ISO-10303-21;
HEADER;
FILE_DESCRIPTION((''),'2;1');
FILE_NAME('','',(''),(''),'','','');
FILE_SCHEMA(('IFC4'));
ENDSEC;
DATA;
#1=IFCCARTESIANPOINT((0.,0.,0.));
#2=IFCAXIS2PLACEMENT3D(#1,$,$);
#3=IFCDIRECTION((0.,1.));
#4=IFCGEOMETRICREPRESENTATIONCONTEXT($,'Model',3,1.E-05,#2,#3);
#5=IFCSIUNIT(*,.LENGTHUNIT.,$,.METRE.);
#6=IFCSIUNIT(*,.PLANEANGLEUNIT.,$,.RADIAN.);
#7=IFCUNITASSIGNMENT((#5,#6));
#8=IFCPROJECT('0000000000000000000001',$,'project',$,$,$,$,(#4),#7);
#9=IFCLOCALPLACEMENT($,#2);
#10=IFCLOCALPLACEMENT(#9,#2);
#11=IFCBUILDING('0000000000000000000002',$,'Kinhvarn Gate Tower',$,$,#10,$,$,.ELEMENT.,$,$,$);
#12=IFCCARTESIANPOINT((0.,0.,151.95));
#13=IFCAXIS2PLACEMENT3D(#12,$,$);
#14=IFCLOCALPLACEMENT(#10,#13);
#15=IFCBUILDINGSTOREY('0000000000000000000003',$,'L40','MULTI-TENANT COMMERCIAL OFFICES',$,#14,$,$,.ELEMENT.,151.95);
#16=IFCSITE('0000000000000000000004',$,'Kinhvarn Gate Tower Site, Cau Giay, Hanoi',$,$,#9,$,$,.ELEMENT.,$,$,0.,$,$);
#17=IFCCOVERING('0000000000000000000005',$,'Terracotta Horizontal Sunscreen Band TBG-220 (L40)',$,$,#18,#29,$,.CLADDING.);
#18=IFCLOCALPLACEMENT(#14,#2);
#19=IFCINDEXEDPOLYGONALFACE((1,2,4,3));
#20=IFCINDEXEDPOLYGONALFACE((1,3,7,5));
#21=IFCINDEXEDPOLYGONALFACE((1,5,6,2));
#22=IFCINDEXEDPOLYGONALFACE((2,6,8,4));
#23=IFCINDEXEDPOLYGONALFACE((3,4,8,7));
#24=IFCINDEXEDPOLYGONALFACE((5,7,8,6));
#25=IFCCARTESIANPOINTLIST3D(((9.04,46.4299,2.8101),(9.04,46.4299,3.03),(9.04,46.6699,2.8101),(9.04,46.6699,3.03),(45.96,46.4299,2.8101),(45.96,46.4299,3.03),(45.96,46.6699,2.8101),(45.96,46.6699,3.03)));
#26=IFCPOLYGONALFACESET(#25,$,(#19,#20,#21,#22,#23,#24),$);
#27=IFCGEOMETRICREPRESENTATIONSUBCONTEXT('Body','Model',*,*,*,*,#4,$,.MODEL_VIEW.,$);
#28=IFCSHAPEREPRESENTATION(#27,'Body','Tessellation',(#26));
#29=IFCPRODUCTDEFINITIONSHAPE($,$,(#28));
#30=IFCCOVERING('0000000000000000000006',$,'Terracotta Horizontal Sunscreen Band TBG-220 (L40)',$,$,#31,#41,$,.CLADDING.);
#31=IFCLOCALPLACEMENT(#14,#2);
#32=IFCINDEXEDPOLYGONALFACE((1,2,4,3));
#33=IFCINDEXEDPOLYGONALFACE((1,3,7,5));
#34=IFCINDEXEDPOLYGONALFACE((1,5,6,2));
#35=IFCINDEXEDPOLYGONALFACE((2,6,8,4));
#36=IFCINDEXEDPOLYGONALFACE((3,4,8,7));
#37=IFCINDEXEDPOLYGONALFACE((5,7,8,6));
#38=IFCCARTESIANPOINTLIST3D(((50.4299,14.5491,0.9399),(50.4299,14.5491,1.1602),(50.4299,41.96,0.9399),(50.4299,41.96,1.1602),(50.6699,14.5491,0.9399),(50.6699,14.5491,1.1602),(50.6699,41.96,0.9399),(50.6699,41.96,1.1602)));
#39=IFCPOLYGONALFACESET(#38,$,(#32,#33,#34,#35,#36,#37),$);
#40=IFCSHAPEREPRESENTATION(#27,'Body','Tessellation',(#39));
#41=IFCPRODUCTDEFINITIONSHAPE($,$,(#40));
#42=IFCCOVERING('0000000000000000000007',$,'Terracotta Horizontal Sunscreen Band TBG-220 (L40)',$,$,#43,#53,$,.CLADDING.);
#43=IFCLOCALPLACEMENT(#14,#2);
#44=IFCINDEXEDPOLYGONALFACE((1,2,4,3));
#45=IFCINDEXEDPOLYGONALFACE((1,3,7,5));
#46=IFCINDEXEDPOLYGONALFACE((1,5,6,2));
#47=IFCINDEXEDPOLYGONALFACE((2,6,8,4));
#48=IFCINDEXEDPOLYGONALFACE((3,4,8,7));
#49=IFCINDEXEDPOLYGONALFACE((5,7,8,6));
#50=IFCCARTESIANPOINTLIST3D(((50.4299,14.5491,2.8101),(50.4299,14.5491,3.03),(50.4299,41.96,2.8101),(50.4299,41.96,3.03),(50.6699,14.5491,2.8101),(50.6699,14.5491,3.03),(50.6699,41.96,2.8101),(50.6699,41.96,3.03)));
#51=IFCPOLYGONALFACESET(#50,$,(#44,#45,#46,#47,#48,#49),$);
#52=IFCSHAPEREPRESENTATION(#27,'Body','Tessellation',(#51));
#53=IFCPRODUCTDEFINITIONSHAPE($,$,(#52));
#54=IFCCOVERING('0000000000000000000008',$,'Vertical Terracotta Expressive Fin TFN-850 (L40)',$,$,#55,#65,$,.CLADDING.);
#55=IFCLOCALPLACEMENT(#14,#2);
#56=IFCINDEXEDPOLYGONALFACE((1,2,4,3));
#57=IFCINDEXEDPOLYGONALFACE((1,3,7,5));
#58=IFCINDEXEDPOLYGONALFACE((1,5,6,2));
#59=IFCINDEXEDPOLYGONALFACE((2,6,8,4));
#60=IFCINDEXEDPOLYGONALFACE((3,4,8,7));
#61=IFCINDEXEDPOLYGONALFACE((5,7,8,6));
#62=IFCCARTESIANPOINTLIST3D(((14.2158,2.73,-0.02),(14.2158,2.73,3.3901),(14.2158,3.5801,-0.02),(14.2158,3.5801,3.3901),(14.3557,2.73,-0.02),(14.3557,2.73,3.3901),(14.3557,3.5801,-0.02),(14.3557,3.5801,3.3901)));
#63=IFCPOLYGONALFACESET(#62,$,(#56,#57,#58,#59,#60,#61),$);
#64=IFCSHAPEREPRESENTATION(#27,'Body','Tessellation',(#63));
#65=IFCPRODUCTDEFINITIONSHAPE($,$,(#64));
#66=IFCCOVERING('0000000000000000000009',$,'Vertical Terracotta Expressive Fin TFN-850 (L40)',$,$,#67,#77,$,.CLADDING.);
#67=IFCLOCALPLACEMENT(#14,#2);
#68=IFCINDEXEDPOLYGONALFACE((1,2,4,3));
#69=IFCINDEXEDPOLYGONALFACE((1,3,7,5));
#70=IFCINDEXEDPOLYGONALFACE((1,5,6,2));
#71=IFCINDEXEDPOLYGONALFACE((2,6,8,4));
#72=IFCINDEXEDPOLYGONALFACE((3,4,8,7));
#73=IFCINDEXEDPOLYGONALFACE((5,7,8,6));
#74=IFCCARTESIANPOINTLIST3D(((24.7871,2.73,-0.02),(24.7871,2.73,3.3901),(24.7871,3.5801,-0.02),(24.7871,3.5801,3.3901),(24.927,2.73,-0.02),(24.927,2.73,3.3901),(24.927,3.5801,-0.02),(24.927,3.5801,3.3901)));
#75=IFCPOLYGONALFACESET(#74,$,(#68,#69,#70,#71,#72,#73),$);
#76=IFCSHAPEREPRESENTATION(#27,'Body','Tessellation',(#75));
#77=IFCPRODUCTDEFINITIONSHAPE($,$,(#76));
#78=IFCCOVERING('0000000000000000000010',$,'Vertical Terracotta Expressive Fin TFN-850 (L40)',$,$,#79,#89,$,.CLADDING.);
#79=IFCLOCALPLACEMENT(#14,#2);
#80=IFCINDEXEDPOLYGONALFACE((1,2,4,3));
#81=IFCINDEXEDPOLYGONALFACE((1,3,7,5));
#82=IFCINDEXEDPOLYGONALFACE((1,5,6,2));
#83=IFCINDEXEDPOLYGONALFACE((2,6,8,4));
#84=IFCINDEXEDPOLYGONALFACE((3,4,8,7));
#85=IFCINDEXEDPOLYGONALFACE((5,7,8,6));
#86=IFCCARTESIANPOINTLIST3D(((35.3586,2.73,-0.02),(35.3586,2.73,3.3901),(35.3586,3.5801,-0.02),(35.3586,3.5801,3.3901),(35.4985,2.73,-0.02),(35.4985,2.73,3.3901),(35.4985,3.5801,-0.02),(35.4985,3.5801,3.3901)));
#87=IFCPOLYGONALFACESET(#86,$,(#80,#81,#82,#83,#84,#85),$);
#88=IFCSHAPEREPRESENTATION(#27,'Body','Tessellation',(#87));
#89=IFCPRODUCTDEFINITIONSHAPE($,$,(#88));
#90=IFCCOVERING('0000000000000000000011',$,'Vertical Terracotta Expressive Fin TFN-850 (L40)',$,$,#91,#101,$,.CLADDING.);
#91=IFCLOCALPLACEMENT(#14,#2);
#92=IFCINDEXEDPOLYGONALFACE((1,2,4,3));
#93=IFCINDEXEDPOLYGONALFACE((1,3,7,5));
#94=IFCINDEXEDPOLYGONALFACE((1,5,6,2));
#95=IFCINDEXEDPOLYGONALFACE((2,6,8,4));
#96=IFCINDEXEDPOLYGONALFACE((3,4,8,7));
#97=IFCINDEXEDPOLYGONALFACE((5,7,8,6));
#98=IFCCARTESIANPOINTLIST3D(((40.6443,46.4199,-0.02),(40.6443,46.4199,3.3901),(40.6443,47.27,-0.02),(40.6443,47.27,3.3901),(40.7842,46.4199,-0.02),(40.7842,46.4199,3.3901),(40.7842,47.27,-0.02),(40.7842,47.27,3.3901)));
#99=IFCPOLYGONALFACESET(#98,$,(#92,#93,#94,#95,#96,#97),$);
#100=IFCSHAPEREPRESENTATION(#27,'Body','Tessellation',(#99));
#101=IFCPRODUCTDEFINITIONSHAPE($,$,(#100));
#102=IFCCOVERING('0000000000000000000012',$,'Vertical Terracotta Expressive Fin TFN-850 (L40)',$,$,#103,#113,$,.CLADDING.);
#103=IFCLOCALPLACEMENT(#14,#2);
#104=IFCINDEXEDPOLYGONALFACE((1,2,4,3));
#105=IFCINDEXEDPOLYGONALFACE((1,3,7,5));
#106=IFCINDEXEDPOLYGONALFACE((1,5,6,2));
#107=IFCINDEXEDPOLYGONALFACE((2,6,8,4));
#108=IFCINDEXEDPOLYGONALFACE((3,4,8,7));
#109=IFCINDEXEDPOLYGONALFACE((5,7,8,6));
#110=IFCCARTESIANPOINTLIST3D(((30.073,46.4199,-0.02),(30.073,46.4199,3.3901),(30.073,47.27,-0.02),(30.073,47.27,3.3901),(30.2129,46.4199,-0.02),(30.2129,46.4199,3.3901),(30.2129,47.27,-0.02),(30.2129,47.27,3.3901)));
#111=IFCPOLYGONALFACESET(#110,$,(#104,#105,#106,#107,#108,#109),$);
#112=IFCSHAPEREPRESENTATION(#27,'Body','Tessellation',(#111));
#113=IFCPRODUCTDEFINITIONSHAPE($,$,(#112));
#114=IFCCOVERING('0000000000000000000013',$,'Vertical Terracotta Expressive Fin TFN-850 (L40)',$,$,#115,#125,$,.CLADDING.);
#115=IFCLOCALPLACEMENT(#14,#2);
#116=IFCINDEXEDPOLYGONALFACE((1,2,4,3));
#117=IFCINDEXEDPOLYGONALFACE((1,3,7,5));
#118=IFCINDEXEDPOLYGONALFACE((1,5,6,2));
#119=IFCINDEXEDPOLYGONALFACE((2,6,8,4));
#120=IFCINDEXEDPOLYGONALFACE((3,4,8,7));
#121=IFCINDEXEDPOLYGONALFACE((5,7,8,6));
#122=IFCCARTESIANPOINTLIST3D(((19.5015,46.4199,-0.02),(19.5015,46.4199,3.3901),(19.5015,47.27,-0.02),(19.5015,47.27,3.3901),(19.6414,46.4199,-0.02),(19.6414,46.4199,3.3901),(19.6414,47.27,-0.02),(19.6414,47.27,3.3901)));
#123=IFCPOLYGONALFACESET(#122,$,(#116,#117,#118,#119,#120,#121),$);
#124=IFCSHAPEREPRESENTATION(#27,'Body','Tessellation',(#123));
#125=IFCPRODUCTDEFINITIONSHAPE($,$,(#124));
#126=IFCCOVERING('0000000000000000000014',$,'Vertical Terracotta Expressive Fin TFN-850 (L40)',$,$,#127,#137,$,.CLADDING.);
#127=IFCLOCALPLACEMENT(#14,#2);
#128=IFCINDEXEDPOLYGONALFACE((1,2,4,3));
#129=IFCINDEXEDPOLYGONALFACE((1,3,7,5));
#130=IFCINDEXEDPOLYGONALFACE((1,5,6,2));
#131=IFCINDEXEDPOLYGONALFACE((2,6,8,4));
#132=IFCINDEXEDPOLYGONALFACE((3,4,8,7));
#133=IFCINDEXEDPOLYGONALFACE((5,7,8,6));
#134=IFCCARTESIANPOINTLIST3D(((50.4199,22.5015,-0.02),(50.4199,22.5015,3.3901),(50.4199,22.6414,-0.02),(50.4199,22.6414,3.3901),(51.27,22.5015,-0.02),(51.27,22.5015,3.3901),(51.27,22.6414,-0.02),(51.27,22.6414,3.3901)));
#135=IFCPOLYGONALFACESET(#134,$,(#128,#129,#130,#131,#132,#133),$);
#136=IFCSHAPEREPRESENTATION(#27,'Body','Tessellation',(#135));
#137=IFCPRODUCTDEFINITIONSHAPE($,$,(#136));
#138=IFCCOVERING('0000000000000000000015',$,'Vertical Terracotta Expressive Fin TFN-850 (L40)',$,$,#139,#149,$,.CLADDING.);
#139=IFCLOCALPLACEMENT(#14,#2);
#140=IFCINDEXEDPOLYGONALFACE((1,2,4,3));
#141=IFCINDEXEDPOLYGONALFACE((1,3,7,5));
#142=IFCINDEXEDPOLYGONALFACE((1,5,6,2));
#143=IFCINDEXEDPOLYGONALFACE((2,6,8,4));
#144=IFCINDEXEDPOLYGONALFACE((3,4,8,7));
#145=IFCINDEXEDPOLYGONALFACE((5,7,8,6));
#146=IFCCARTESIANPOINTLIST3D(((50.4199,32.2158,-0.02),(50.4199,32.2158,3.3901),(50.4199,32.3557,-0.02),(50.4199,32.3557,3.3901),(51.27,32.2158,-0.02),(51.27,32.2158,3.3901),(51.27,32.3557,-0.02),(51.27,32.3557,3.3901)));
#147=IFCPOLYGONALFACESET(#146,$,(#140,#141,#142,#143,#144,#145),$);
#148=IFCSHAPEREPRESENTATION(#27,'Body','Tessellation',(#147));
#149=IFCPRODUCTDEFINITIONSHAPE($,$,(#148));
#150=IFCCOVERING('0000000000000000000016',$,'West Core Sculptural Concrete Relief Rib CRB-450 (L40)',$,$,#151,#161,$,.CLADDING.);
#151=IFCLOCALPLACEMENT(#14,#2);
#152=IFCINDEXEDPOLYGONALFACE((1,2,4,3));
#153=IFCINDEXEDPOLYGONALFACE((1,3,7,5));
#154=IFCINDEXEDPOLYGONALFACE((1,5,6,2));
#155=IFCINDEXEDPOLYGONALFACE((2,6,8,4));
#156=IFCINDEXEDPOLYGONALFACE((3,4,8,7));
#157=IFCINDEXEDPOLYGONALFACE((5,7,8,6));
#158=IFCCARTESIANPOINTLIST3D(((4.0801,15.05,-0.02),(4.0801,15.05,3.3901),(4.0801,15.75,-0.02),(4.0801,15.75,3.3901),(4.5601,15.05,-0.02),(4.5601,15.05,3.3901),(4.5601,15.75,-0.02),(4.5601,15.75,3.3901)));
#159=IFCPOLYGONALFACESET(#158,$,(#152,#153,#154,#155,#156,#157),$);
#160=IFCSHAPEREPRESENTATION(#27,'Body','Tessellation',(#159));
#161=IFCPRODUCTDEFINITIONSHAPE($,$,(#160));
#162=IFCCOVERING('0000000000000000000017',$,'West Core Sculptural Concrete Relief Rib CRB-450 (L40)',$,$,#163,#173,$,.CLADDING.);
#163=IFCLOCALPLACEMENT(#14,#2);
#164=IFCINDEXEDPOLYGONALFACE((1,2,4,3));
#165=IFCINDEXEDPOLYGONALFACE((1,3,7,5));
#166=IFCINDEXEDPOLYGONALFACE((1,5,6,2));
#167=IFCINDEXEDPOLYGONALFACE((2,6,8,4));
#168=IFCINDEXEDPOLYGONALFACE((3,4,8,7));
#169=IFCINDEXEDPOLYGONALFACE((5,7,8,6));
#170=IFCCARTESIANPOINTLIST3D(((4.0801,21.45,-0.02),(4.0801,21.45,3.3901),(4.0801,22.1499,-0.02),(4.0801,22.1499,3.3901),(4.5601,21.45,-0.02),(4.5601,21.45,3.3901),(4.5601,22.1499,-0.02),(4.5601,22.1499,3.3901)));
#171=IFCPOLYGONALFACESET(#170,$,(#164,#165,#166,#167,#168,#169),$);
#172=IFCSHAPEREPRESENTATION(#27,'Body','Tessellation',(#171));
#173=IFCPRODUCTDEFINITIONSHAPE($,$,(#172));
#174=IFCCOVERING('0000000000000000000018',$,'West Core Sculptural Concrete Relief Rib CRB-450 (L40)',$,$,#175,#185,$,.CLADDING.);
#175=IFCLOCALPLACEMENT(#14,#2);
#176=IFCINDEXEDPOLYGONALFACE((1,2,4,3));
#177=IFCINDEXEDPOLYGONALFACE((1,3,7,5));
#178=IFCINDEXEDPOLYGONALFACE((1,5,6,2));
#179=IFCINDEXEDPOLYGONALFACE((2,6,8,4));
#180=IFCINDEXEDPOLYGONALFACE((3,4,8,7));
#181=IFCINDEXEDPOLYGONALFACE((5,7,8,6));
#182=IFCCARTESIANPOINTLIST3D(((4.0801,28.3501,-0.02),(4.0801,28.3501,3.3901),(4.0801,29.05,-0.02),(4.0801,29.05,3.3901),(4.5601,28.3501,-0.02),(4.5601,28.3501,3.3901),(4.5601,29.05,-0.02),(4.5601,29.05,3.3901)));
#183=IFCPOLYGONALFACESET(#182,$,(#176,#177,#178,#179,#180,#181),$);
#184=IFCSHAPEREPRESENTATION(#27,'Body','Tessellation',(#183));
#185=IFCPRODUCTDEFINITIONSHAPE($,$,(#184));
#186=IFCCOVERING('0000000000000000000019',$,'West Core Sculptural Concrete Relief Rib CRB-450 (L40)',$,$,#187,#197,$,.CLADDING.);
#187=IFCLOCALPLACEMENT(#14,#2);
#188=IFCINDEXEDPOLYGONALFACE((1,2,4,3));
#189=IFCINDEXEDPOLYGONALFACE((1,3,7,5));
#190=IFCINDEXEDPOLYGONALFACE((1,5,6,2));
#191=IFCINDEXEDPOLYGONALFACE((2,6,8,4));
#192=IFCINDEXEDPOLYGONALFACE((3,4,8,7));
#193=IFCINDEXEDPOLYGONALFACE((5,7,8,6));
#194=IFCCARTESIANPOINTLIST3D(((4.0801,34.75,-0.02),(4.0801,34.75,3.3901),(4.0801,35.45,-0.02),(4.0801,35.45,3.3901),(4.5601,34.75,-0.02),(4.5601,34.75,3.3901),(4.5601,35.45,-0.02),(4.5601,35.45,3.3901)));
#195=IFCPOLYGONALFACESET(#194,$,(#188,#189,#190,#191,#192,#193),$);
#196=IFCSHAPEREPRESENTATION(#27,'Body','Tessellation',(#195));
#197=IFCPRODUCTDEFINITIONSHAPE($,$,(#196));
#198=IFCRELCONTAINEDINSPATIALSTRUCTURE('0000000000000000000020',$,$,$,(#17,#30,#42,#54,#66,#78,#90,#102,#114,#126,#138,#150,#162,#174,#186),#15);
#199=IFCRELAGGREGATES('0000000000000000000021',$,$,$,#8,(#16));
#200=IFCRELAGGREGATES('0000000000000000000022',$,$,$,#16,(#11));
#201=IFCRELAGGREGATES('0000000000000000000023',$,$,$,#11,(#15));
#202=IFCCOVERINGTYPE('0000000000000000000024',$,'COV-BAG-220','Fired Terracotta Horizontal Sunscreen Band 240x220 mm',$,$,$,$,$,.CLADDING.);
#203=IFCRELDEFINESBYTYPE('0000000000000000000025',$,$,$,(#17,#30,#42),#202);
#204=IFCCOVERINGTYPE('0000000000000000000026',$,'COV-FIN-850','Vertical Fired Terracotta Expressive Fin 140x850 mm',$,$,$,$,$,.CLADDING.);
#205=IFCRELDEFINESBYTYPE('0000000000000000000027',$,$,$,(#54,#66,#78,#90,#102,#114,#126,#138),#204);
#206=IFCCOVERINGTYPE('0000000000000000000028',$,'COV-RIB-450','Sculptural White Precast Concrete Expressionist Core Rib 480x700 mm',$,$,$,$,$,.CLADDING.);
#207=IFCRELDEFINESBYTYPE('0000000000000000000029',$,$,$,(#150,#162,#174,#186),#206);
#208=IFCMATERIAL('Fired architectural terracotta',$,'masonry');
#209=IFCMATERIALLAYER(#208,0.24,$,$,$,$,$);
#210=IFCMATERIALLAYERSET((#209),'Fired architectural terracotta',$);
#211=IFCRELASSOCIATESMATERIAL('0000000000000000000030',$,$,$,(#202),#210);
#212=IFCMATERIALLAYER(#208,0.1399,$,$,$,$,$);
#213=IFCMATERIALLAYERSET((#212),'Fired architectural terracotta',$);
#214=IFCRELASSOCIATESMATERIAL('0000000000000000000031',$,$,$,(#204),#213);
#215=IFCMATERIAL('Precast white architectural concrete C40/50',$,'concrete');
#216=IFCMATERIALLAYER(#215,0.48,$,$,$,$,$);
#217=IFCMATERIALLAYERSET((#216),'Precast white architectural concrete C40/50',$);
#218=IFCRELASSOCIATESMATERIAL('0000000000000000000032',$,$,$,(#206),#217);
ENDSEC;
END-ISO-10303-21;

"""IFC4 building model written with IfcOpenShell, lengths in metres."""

from ifc_helpers import new_model, si_unit, direction, frame, origin, place, context, subcontext, project, spatial, polyline, outline, extrude, material, layer, layer_set, type_object, element, save


model = new_model("IFC4")

# Units and contexts
model_context = context("Model", 3, precision=1e-05, world=origin(), true_north=direction((0.0, 1.0)))
body_context = subcontext(model_context, "Body", "Model", "MODEL_VIEW")
ifc_project = project(units=[si_unit("LENGTHUNIT", "METRE"), si_unit("PLANEANGLEUNIT", "RADIAN")], contexts=[model_context])

# Site, building, storey
site_placement = place(None, origin())
site = spatial("IfcSite", under=ifc_project, at=site_placement, Name="Kinhvarn Gate Tower Site, Cau Giay, Hanoi", CompositionType="ELEMENT", RefElevation=0.0)
building_placement = place(site_placement, origin())
building = spatial("IfcBuilding", under=site, at=building_placement, Name="Kinhvarn Gate Tower", CompositionType="ELEMENT")
storey_placement = place(building_placement, frame((0.0, 0.0, 151.95)))
storey = spatial("IfcBuildingStorey", under=building, at=storey_placement, Name="L40", Description="MULTI-TENANT COMMERCIAL OFFICES", CompositionType="ELEMENT", Elevation=151.95)

# Shared definitions
ifc_material_1 = material(Name="Precast white architectural concrete C40/50", Category="concrete")

# Coverings
ifc_material_2 = material(Name="Fired architectural terracotta", Category="masonry")
ifc_layer_1 = layer(ifc_material_2, 0.24)
ifc_layer_set_1 = layer_set([ifc_layer_1], Name="Fired architectural terracotta")
covering_type_1 = type_object("IfcCoveringType", Name="COV-BAG-220", Description="Fired Terracotta Horizontal Sunscreen Band 240x220 mm", PredefinedType="CLADDING", material=ifc_layer_set_1)
covering_1_placement = place(storey_placement, frame((0.0, 0.0, 2.8101)))
element("IfcCovering", 1, at=covering_1_placement, inside=storey, type_object=covering_type_1, Name="Terracotta Horizontal Sunscreen Band TBG-220 (L40)", PredefinedType="CLADDING", context=body_context, shape_type="SweptSolid", body=[
    extrude(outline(polyline([(45.96, 46.4299), (9.04, 46.4299), (9.04, 46.6699), (45.96, 46.6699), (45.96, 46.4299)])), origin(), (0.0, 0.0, 1.0), 0.22),
])
covering_2_placement = place(storey_placement, frame((0.0, 0.0, 0.9399)))
element("IfcCovering", 2, at=covering_2_placement, inside=storey, type_object=covering_type_1, Name="Terracotta Horizontal Sunscreen Band TBG-220 (L40)", PredefinedType="CLADDING", context=body_context, shape_type="SweptSolid", body=[
    extrude(outline(polyline([(50.4299, 14.5491), (50.4299, 41.96), (50.6699, 41.96), (50.6699, 14.5491), (50.4299, 14.5491)])), origin(), (0.0, 0.0, 1.0), 0.2202),
])
covering_3_placement = place(storey_placement, frame((0.0, 0.0, 2.8101)))
element("IfcCovering", 3, at=covering_3_placement, inside=storey, type_object=covering_type_1, Name="Terracotta Horizontal Sunscreen Band TBG-220 (L40)", PredefinedType="CLADDING", context=body_context, shape_type="SweptSolid", body=[
    extrude(outline(polyline([(50.4299, 14.5491), (50.4299, 41.96), (50.6699, 41.96), (50.6699, 14.5491), (50.4299, 14.5491)])), origin(), (0.0, 0.0, 1.0), 0.22),
])
ifc_layer_2 = layer(ifc_material_2, 0.1399)
ifc_layer_set_2 = layer_set([ifc_layer_2], Name="Fired architectural terracotta")
covering_type_2 = type_object("IfcCoveringType", Name="COV-FIN-850", Description="Vertical Fired Terracotta Expressive Fin 140x850 mm", PredefinedType="CLADDING", material=ifc_layer_set_2)
covering_4_placement = place(storey_placement, frame((0.0, 0.0, -0.02)))
element("IfcCovering", 4, at=covering_4_placement, inside=storey, type_object=covering_type_2, Name="Vertical Terracotta Expressive Fin TFN-850 (L40)", PredefinedType="CLADDING", context=body_context, shape_type="SweptSolid", body=[
    extrude(outline(polyline([(14.2158, 3.5801), (14.3557, 3.5801), (14.3557, 2.73), (14.2158, 2.73), (14.2158, 3.5801)])), origin(), (0.0, 0.0, 1.0), 3.4102),
])
covering_5_placement = place(storey_placement, frame((0.0, 0.0, -0.02)))
element("IfcCovering", 5, at=covering_5_placement, inside=storey, type_object=covering_type_2, Name="Vertical Terracotta Expressive Fin TFN-850 (L40)", PredefinedType="CLADDING", context=body_context, shape_type="SweptSolid", body=[
    extrude(outline(polyline([(24.7871, 3.5801), (24.927, 3.5801), (24.927, 2.73), (24.7871, 2.73), (24.7871, 3.5801)])), origin(), (0.0, 0.0, 1.0), 3.4102),
])
covering_6_placement = place(storey_placement, frame((0.0, 0.0, -0.02)))
element("IfcCovering", 6, at=covering_6_placement, inside=storey, type_object=covering_type_2, Name="Vertical Terracotta Expressive Fin TFN-850 (L40)", PredefinedType="CLADDING", context=body_context, shape_type="SweptSolid", body=[
    extrude(outline(polyline([(35.3586, 3.5801), (35.4985, 3.5801), (35.4985, 2.73), (35.3586, 2.73), (35.3586, 3.5801)])), origin(), (0.0, 0.0, 1.0), 3.4102),
])
covering_7_placement = place(storey_placement, frame((0.0, 0.0, -0.02)))
element("IfcCovering", 7, at=covering_7_placement, inside=storey, type_object=covering_type_2, Name="Vertical Terracotta Expressive Fin TFN-850 (L40)", PredefinedType="CLADDING", context=body_context, shape_type="SweptSolid", body=[
    extrude(outline(polyline([(40.7842, 46.4199), (40.6443, 46.4199), (40.6443, 47.27), (40.7842, 47.27), (40.7842, 46.4199)])), origin(), (0.0, 0.0, 1.0), 3.4102),
])
covering_8_placement = place(storey_placement, frame((0.0, 0.0, -0.02)))
element("IfcCovering", 8, at=covering_8_placement, inside=storey, type_object=covering_type_2, Name="Vertical Terracotta Expressive Fin TFN-850 (L40)", PredefinedType="CLADDING", context=body_context, shape_type="SweptSolid", body=[
    extrude(outline(polyline([(30.2129, 46.4199), (30.073, 46.4199), (30.073, 47.27), (30.2129, 47.27), (30.2129, 46.4199)])), origin(), (0.0, 0.0, 1.0), 3.4102),
])
covering_9_placement = place(storey_placement, frame((0.0, 0.0, -0.02)))
element("IfcCovering", 9, at=covering_9_placement, inside=storey, type_object=covering_type_2, Name="Vertical Terracotta Expressive Fin TFN-850 (L40)", PredefinedType="CLADDING", context=body_context, shape_type="SweptSolid", body=[
    extrude(outline(polyline([(19.6414, 46.4199), (19.5015, 46.4199), (19.5015, 47.27), (19.6414, 47.27), (19.6414, 46.4199)])), origin(), (0.0, 0.0, 1.0), 3.4102),
])
covering_10_placement = place(storey_placement, frame((0.0, 0.0, -0.02)))
element("IfcCovering", 10, at=covering_10_placement, inside=storey, type_object=covering_type_2, Name="Vertical Terracotta Expressive Fin TFN-850 (L40)", PredefinedType="CLADDING", context=body_context, shape_type="SweptSolid", body=[
    extrude(outline(polyline([(50.4199, 22.5015), (50.4199, 22.6414), (51.27, 22.6414), (51.27, 22.5015), (50.4199, 22.5015)])), origin(), (0.0, 0.0, 1.0), 3.4102),
])
covering_11_placement = place(storey_placement, frame((0.0, 0.0, -0.02)))
element("IfcCovering", 11, at=covering_11_placement, inside=storey, type_object=covering_type_2, Name="Vertical Terracotta Expressive Fin TFN-850 (L40)", PredefinedType="CLADDING", context=body_context, shape_type="SweptSolid", body=[
    extrude(outline(polyline([(50.4199, 32.2158), (50.4199, 32.3557), (51.27, 32.3557), (51.27, 32.2158), (50.4199, 32.2158)])), origin(), (0.0, 0.0, 1.0), 3.4102),
])
ifc_layer_3 = layer(ifc_material_1, 0.48)
ifc_layer_set_3 = layer_set([ifc_layer_3], Name="Precast white architectural concrete C40/50")
covering_type_3 = type_object("IfcCoveringType", Name="COV-RIB-450", Description="Sculptural White Precast Concrete Expressionist Core Rib 480x700 mm", PredefinedType="CLADDING", material=ifc_layer_set_3)
covering_12_placement = place(storey_placement, frame((0.0, 0.0, -0.02)))
element("IfcCovering", 12, at=covering_12_placement, inside=storey, type_object=covering_type_3, Name="West Core Sculptural Concrete Relief Rib CRB-450 (L40)", PredefinedType="CLADDING", context=body_context, shape_type="SweptSolid", body=[
    extrude(outline(polyline([(4.0801, 15.05), (4.5601, 15.05), (4.5601, 15.75), (4.0801, 15.75), (4.0801, 15.05)])), origin(), (0.0, 0.0, 1.0), 3.4102),
])
covering_13_placement = place(storey_placement, frame((0.0, 0.0, -0.02)))
element("IfcCovering", 13, at=covering_13_placement, inside=storey, type_object=covering_type_3, Name="West Core Sculptural Concrete Relief Rib CRB-450 (L40)", PredefinedType="CLADDING", context=body_context, shape_type="SweptSolid", body=[
    extrude(outline(polyline([(4.0801, 21.45), (4.5601, 21.45), (4.5601, 22.1499), (4.0801, 22.1499), (4.0801, 21.45)])), origin(), (0.0, 0.0, 1.0), 3.4102),
])
covering_14_placement = place(storey_placement, frame((0.0, 0.0, -0.02)))
element("IfcCovering", 14, at=covering_14_placement, inside=storey, type_object=covering_type_3, Name="West Core Sculptural Concrete Relief Rib CRB-450 (L40)", PredefinedType="CLADDING", context=body_context, shape_type="SweptSolid", body=[
    extrude(outline(polyline([(4.0801, 28.3501), (4.5601, 28.3501), (4.5601, 29.05), (4.0801, 29.05), (4.0801, 28.3501)])), origin(), (0.0, 0.0, 1.0), 3.4102),
])
covering_15_placement = place(storey_placement, frame((0.0, 0.0, -0.02)))
element("IfcCovering", 15, at=covering_15_placement, inside=storey, type_object=covering_type_3, Name="West Core Sculptural Concrete Relief Rib CRB-450 (L40)", PredefinedType="CLADDING", context=body_context, shape_type="SweptSolid", body=[
    extrude(outline(polyline([(4.0801, 34.75), (4.5601, 34.75), (4.5601, 35.45), (4.0801, 35.45), (4.0801, 34.75)])), origin(), (0.0, 0.0, 1.0), 3.4102),
])

save(model, "model.ifc")
